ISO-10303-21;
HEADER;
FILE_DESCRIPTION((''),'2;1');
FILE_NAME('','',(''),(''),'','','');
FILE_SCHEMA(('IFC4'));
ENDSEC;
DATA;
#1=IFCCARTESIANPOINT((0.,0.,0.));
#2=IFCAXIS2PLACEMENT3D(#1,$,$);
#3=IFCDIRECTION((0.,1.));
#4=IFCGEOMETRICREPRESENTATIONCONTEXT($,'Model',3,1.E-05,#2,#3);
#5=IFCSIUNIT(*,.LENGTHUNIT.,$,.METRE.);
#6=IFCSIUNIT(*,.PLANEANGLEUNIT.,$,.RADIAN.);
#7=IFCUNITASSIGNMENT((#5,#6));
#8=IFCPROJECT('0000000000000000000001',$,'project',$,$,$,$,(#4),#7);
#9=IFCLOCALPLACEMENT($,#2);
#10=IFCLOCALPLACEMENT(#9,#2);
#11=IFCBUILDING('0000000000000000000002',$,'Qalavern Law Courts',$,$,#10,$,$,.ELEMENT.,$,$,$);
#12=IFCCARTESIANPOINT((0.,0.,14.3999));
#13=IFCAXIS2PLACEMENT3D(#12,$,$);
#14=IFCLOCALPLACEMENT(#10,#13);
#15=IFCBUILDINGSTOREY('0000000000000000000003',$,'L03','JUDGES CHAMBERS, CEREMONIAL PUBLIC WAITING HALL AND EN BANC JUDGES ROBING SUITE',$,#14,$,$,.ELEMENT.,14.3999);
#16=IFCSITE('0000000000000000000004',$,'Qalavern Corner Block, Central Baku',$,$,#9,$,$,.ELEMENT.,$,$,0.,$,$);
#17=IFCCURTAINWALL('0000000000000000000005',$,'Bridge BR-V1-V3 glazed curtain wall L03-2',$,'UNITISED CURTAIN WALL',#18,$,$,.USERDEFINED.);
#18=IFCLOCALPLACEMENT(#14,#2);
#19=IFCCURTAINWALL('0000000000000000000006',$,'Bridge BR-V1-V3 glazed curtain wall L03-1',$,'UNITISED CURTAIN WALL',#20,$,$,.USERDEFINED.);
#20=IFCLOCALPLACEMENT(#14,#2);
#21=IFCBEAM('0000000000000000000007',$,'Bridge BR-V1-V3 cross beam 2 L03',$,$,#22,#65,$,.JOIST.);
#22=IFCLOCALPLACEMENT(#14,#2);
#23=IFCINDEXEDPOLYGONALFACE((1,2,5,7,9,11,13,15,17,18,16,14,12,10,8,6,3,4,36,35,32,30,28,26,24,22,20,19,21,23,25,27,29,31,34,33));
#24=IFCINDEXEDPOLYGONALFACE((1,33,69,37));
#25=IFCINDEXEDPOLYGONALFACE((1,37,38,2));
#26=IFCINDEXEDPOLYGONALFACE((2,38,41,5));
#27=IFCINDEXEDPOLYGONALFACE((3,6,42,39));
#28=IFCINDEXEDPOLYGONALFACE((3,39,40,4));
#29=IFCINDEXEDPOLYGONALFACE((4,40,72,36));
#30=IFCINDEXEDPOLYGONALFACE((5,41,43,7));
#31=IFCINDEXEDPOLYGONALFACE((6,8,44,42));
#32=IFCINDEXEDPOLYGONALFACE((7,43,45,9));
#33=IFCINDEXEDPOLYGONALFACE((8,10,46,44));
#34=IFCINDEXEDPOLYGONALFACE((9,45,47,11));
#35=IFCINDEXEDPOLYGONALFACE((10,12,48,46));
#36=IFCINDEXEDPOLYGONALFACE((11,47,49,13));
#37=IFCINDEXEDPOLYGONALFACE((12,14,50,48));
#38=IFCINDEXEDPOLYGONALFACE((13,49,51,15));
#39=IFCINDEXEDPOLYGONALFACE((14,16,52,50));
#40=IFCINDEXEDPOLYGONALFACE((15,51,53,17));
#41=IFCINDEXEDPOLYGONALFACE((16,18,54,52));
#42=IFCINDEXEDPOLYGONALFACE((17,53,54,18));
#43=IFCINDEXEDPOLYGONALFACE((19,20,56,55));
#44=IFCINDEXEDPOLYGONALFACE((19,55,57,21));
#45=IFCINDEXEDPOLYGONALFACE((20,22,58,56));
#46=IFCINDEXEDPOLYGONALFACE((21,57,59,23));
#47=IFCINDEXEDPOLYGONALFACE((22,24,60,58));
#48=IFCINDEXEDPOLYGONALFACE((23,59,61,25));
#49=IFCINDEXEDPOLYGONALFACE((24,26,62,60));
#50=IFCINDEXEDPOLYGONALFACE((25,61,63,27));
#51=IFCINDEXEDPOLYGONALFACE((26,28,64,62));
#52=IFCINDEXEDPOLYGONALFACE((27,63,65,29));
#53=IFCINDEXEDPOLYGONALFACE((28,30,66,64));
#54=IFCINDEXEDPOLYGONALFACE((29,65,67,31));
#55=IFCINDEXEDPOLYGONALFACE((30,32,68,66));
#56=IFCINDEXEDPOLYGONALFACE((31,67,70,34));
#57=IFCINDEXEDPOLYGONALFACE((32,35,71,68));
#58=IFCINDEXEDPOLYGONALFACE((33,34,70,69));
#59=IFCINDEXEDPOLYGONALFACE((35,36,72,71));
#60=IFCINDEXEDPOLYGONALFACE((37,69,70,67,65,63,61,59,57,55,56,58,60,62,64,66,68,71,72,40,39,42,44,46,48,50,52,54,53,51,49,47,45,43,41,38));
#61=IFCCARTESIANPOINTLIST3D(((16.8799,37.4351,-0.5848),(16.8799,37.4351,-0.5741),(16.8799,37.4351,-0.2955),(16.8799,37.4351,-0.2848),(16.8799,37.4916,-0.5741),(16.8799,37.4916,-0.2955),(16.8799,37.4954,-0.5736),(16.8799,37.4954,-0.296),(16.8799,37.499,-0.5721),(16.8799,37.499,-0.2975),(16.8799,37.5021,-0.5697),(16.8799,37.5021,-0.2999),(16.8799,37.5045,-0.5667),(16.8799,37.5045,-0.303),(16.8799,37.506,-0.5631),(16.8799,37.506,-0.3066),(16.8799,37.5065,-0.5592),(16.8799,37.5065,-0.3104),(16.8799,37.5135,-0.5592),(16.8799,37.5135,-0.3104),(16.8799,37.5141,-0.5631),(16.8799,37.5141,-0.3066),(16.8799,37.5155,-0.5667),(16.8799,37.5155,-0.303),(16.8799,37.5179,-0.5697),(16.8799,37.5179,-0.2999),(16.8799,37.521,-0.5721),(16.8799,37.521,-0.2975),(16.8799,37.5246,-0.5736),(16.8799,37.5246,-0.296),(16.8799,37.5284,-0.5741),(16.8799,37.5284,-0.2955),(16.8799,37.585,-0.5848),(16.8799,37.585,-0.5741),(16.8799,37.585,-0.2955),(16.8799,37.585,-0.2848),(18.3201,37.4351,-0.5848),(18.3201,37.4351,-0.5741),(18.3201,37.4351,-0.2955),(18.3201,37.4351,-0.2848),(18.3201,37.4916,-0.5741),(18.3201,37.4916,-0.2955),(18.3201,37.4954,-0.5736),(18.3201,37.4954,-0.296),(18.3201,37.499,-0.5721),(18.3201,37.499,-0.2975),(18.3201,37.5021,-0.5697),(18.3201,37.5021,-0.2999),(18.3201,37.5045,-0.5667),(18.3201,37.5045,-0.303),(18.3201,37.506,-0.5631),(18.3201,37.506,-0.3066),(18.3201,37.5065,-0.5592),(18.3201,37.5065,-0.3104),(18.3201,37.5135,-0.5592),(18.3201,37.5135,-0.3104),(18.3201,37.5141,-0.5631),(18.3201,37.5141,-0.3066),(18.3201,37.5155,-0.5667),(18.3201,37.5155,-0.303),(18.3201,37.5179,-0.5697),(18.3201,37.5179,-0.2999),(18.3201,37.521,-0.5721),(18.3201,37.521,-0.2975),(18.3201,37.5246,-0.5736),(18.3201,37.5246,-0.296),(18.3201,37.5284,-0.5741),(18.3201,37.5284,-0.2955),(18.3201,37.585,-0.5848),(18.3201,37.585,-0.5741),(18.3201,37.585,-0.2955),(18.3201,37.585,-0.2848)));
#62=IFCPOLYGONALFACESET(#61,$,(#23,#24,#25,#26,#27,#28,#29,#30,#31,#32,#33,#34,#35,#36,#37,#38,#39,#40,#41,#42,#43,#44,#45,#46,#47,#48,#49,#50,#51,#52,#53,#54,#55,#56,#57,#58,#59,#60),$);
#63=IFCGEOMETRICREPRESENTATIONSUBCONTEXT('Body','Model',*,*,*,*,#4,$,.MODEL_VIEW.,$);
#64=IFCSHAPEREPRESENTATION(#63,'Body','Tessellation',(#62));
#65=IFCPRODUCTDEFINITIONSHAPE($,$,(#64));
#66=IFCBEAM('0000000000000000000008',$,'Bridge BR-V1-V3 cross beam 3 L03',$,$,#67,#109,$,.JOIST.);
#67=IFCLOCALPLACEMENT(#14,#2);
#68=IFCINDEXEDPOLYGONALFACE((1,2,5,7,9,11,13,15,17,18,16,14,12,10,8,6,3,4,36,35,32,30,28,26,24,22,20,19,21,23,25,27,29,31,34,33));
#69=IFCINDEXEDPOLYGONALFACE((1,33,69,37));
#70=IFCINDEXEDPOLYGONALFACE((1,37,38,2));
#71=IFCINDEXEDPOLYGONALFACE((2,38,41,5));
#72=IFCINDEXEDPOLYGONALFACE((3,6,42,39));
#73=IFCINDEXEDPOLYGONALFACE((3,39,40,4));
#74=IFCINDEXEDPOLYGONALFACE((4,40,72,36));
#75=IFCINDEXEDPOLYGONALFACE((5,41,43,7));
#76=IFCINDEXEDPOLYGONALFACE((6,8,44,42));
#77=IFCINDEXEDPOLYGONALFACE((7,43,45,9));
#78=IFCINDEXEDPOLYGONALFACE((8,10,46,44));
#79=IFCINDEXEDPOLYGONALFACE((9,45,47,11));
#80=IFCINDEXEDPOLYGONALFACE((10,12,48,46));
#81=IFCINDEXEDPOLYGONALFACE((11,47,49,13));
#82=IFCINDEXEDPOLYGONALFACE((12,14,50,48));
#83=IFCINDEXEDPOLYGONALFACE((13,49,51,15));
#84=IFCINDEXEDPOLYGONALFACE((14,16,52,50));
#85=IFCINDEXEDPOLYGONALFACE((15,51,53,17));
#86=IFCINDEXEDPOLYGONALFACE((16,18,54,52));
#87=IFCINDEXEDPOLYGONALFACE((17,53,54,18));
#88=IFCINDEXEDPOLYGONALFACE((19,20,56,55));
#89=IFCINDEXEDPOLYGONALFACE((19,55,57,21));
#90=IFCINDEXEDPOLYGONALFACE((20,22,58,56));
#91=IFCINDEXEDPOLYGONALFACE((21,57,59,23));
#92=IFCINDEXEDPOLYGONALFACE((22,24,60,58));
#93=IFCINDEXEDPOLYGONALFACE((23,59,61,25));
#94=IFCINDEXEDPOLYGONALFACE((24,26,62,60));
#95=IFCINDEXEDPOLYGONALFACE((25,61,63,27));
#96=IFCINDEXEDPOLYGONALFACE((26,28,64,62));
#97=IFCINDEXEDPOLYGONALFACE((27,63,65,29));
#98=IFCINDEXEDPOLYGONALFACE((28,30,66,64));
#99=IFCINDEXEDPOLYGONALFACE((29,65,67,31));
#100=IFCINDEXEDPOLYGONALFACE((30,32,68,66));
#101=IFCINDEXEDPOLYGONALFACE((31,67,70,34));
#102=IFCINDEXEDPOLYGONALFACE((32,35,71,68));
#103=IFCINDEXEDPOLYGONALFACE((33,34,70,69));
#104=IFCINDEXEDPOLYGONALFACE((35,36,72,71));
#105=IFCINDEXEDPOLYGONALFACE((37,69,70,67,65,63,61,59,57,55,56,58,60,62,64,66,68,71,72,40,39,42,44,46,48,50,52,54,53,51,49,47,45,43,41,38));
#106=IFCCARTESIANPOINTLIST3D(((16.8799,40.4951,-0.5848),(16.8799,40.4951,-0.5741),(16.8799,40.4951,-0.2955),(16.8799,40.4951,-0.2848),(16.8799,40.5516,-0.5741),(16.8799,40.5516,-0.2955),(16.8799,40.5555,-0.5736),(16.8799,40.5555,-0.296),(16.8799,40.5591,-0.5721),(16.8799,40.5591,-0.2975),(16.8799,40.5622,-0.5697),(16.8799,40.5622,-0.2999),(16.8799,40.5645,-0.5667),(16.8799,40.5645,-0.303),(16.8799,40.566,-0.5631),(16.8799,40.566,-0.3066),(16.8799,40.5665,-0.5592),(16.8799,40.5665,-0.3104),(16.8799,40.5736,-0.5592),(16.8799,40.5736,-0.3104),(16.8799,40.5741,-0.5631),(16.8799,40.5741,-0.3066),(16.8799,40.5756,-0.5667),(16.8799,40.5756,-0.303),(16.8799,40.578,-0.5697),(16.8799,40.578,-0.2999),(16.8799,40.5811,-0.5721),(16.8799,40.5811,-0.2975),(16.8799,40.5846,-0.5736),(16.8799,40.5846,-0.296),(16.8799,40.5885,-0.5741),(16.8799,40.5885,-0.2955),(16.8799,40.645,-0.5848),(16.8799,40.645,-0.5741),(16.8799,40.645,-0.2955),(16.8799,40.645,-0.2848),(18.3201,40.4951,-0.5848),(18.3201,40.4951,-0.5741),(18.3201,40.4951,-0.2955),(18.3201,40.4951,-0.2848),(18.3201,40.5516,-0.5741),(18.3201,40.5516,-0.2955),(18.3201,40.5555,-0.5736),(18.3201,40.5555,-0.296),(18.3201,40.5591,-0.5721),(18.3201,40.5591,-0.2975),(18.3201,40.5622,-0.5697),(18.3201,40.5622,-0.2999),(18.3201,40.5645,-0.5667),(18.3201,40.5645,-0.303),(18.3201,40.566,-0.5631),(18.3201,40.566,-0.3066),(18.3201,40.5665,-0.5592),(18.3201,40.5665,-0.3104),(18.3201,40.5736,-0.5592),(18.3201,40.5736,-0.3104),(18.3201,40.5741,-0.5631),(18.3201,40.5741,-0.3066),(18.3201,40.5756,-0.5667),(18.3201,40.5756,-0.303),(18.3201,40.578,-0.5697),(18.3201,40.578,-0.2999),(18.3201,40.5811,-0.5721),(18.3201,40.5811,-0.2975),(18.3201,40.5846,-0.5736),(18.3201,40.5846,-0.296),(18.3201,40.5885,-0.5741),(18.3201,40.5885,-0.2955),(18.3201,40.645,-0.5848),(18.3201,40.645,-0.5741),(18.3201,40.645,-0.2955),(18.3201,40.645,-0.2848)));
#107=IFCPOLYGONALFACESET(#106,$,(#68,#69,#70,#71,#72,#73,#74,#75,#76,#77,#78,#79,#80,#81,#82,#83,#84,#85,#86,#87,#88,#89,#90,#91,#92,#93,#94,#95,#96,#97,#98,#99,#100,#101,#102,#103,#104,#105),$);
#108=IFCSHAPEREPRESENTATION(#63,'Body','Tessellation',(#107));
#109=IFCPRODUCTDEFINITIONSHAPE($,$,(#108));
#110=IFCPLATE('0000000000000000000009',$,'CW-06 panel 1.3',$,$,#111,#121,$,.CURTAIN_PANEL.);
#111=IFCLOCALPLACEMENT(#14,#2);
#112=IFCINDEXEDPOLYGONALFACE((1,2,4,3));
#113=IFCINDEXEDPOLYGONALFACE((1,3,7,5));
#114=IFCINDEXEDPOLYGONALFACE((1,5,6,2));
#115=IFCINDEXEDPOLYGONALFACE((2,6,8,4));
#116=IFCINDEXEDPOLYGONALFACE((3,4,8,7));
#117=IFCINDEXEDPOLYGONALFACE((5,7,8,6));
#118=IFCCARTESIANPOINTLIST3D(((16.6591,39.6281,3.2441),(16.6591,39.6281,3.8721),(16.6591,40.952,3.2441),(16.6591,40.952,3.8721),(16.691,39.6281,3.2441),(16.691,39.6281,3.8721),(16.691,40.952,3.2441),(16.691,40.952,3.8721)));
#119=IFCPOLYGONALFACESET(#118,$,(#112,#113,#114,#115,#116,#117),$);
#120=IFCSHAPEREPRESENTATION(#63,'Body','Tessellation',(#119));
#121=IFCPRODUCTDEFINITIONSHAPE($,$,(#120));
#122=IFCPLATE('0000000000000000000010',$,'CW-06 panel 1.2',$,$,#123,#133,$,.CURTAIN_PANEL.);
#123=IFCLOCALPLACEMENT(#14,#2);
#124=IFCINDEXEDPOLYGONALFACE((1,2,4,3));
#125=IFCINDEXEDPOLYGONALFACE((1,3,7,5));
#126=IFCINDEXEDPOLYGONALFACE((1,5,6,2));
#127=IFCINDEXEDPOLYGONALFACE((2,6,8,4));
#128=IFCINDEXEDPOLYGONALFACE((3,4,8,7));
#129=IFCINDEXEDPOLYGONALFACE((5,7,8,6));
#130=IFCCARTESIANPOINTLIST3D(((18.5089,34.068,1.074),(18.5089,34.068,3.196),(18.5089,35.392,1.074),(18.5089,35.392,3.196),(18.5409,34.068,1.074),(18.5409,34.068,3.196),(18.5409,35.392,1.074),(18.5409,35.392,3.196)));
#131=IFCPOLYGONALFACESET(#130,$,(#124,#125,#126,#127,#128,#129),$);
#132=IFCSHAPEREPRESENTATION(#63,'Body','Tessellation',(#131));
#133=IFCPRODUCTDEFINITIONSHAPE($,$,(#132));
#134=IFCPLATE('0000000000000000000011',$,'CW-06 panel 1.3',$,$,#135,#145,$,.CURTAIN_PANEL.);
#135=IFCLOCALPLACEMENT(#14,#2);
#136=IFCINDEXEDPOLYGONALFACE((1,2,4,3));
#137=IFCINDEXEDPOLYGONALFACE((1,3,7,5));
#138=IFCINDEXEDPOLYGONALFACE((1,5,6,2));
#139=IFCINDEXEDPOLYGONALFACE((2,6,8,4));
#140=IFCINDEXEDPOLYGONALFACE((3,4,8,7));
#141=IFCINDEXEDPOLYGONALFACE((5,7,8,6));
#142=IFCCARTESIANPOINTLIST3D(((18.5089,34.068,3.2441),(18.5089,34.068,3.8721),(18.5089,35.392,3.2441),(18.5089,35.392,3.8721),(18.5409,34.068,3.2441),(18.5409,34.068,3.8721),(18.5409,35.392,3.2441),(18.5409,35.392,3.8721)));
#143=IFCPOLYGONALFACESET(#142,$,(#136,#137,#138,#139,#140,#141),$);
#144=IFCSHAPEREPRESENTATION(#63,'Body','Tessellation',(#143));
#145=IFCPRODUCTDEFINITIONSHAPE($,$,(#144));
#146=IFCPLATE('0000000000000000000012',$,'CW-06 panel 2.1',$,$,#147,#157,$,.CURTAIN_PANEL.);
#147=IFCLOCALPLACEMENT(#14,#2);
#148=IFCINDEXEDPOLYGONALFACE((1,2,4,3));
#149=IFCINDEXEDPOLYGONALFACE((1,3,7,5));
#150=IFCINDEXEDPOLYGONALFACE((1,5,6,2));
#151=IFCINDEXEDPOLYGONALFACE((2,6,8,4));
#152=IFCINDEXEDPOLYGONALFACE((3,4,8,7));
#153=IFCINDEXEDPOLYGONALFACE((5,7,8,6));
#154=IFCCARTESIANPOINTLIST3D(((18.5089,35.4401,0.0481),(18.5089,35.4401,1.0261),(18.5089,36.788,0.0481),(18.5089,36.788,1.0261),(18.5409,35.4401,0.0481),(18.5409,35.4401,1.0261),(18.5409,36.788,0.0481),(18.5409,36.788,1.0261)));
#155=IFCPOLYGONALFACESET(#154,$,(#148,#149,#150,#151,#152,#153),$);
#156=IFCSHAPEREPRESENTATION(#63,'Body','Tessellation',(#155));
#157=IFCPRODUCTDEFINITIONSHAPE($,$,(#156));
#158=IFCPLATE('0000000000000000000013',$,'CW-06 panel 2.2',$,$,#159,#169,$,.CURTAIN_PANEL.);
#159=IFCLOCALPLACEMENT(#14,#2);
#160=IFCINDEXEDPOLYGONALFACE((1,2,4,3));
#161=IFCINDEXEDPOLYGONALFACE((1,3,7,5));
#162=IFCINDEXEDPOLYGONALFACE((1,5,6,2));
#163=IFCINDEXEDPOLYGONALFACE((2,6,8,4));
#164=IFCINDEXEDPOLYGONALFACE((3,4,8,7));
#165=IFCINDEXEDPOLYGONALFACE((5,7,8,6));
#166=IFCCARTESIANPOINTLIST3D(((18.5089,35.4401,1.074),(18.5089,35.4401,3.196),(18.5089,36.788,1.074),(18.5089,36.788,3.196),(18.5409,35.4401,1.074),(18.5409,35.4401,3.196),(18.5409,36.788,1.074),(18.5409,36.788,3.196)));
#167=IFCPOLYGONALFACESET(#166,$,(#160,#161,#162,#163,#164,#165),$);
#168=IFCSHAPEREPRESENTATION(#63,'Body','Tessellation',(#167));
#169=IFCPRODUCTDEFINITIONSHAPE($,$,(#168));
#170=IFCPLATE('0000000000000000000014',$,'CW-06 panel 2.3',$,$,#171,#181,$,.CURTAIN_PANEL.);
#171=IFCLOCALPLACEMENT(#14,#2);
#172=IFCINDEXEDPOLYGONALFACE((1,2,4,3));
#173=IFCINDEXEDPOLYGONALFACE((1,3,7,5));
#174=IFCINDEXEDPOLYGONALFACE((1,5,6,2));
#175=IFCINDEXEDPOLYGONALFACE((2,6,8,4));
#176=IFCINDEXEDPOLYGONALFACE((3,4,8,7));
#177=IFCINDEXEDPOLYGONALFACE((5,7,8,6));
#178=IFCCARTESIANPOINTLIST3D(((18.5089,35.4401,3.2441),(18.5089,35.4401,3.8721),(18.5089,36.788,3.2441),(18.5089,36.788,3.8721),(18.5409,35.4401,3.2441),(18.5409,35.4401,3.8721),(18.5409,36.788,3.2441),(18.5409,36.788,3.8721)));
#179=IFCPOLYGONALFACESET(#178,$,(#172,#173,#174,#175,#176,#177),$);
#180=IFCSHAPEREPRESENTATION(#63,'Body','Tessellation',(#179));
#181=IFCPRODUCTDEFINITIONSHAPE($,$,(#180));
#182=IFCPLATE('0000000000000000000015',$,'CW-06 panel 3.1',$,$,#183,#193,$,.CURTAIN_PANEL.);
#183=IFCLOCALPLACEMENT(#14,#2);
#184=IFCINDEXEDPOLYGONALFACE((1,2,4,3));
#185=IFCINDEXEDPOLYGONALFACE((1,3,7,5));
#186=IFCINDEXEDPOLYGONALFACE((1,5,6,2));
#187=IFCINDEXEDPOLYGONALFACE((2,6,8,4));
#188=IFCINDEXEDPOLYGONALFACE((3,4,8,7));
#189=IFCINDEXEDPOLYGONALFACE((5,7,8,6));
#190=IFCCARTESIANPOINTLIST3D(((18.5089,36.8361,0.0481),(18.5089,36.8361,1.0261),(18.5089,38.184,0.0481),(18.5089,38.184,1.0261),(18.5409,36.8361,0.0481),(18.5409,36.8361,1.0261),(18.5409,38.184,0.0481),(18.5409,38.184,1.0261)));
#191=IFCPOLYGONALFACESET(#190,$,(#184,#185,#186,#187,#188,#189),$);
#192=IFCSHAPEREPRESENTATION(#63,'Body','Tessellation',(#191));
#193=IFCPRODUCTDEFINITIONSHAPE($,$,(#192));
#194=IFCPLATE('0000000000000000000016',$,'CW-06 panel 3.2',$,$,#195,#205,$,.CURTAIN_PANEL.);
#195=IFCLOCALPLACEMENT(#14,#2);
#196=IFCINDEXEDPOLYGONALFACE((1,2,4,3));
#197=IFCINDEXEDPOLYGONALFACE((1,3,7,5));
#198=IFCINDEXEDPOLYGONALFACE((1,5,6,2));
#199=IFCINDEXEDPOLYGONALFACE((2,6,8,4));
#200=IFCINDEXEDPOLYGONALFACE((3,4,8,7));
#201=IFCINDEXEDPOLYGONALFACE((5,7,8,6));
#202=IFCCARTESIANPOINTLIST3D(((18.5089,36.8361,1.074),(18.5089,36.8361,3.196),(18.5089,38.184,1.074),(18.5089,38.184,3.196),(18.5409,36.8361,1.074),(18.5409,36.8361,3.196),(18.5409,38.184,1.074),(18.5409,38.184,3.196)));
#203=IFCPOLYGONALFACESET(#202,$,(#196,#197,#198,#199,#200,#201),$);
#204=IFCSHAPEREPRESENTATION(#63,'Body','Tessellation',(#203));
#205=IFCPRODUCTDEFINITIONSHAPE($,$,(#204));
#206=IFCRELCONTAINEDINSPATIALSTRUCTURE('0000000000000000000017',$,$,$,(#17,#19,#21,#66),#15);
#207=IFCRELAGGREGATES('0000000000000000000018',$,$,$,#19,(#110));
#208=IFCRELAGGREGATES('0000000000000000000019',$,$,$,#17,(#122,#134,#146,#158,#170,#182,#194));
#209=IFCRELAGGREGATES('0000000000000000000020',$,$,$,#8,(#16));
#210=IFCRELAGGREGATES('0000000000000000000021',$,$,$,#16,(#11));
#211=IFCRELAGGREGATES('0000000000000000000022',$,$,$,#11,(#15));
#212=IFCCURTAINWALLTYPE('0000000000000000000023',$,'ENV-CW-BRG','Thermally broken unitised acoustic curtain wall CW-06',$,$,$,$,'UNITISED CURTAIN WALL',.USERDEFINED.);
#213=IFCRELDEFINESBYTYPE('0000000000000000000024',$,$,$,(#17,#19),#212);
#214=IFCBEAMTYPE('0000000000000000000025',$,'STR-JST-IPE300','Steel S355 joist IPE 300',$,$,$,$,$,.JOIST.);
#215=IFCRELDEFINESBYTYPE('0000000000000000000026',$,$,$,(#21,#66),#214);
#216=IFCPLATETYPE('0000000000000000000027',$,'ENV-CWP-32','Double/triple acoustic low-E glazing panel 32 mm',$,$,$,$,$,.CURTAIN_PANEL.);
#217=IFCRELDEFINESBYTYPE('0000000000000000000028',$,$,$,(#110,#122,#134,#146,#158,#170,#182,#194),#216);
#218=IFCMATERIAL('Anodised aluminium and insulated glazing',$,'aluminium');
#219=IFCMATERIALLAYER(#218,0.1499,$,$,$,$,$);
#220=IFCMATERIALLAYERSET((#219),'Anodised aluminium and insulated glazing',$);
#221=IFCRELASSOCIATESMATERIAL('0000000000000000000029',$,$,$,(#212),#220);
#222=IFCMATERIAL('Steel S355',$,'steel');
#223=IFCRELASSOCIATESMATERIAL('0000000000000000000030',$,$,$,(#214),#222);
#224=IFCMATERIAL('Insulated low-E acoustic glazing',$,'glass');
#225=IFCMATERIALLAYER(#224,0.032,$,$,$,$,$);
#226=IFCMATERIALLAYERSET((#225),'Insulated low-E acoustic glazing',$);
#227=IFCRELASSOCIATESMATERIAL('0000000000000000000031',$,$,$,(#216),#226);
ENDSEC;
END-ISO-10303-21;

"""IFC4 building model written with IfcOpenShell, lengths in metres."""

from ifc_helpers import new_model, si_unit, direction, frame, origin, origin_2d, place, context, subcontext, project, spatial, rectangle, i_section, extrude, material, layer, layer_set, material_profile, profile_set, type_object, element, aggregate, save


model = new_model("IFC4")

# Units and contexts
model_context = context("Model", 3, precision=1e-05, world=origin(), true_north=direction((0.0, 1.0)))
body_context = subcontext(model_context, "Body", "Model", "MODEL_VIEW")
ifc_project = project(units=[si_unit("LENGTHUNIT", "METRE"), si_unit("PLANEANGLEUNIT", "RADIAN")], contexts=[model_context])

# Site, building, storey
site_placement = place(None, origin())
site = spatial("IfcSite", under=ifc_project, at=site_placement, Name="Qalavern Corner Block, Central Baku", CompositionType="ELEMENT", RefElevation=0.0)
building_placement = place(site_placement, origin())
building = spatial("IfcBuilding", under=site, at=building_placement, Name="Qalavern Law Courts", CompositionType="ELEMENT")
storey_placement = place(building_placement, frame((0.0, 0.0, 14.3999)))
storey = spatial("IfcBuildingStorey", under=building, at=storey_placement, Name="L03", Description="JUDGES CHAMBERS, CEREMONIAL PUBLIC WAITING HALL AND EN BANC JUDGES ROBING SUITE", CompositionType="ELEMENT", Elevation=14.3999)

# Curtain wall
ifc_material_1 = material(Name="Anodised aluminium and insulated glazing", Category="aluminium")
ifc_layer_1 = layer(ifc_material_1, 0.1499)
ifc_layer_set_1 = layer_set([ifc_layer_1], Name="Anodised aluminium and insulated glazing")
curtain_wall_type = type_object("IfcCurtainWallType", Name="ENV-CW-BRG", Description="Thermally broken unitised acoustic curtain wall CW-06", ElementType="UNITISED CURTAIN WALL", PredefinedType="USERDEFINED", material=ifc_layer_set_1)
curtain_wall_1_placement = place(storey_placement, origin())
curtain_wall_1 = element("IfcCurtainWall", 1, at=curtain_wall_1_placement, inside=storey, type_object=curtain_wall_type, Name="Bridge BR-V1-V3 glazed curtain wall L03-2", ObjectType="UNITISED CURTAIN WALL", PredefinedType="USERDEFINED")

# Curtain wall
curtain_wall_2_placement = place(storey_placement, origin())
curtain_wall_2 = element("IfcCurtainWall", 2, at=curtain_wall_2_placement, inside=storey, type_object=curtain_wall_type, Name="Bridge BR-V1-V3 glazed curtain wall L03-1", ObjectType="UNITISED CURTAIN WALL", PredefinedType="USERDEFINED")

# Beams
ifc_material_2 = material(Name="Steel S355", Category="steel")
ifc_material_profile_1 = material_profile(ifc_material_2, i_section(OverallWidth=0.1499, OverallDepth=0.3, WebThickness=0.0071, FlangeThickness=0.0107, FilletRadius=0.0149, at=origin_2d()), Name="IPE 300")
ifc_profile_set_1 = profile_set([ifc_material_profile_1], Name="Steel S355")
beam_type = type_object("IfcBeamType", Name="STR-JST-IPE300", Description="Steel S355 joist IPE 300", PredefinedType="JOIST", material=ifc_profile_set_1)
for number, where, z_axis, x_axis, name in (
    (3, (16.8799, 37.51, -0.4348), (1.0, 0.0, 0.0), (0.0, 1.0, 0.0), "Bridge BR-V1-V3 cross beam 2 L03"),
    (4, (16.8799, 40.5701, -0.4348), (1.0, 0.0, 0.0), (0.0, 1.0, 0.0), "Bridge BR-V1-V3 cross beam 3 L03"),
):
    element("IfcBeam", number, at=place(storey_placement, frame(where, z_axis=z_axis, x_axis=x_axis)), inside=storey, type_object=beam_type, Name=name, PredefinedType="JOIST", context=body_context, shape_type="SweptSolid", body=[
        extrude(i_section(OverallWidth=0.1499, OverallDepth=0.3, WebThickness=0.0071, FlangeThickness=0.0107, FilletRadius=0.0149, at=origin_2d()), origin(), (0.0, 0.0, 1.0), 1.4402),
    ])

# Plates
ifc_material_3 = material(Name="Insulated low-E acoustic glazing", Category="glass")
ifc_layer_2 = layer(ifc_material_3, 0.032)
ifc_layer_set_2 = layer_set([ifc_layer_2], Name="Insulated low-E acoustic glazing")
plate_type = type_object("IfcPlateType", Name="ENV-CWP-32", Description="Double/triple acoustic low-E glazing panel 32 mm", PredefinedType="CURTAIN_PANEL", material=ifc_layer_set_2)
plate_1_placement = place(storey_placement, frame((16.675, 40.29, 3.2441), z_axis=(0.0, 0.0, 1.0), x_axis=(0.0, -1.0, 0.0)))
plate_1 = element("IfcPlate", 5, at=plate_1_placement, type_object=plate_type, Name="CW-06 panel 1.3", PredefinedType="CURTAIN_PANEL", context=body_context, shape_type="SweptSolid", body=[
    extrude(rectangle(XDim=1.324, YDim=0.032, at=origin_2d()), origin(), (0.0, 0.0, 1.0), 0.6279),
])
aggregate(curtain_wall_2, [plate_1])
plate_2_placement = place(storey_placement, frame((18.5249, 34.73, 1.074), z_axis=(0.0, 0.0, 1.0), x_axis=(0.0, 1.0, 0.0)))
plate_2 = element("IfcPlate", 6, at=plate_2_placement, type_object=plate_type, Name="CW-06 panel 1.2", PredefinedType="CURTAIN_PANEL", context=body_context, shape_type="SweptSolid", body=[
    extrude(rectangle(XDim=1.324, YDim=0.032, at=origin_2d()), origin(), (0.0, 0.0, 1.0), 2.1221),
])
plate_3_placement = place(storey_placement, frame((18.5249, 34.73, 3.2441), z_axis=(0.0, 0.0, 1.0), x_axis=(0.0, 1.0, 0.0)))
plate_3 = element("IfcPlate", 7, at=plate_3_placement, type_object=plate_type, Name="CW-06 panel 1.3", PredefinedType="CURTAIN_PANEL", context=body_context, shape_type="SweptSolid", body=[
    extrude(rectangle(XDim=1.324, YDim=0.032, at=origin_2d()), origin(), (0.0, 0.0, 1.0), 0.6279),
])
plate_4_placement = place(storey_placement, frame((18.5249, 36.114, 0.0481), z_axis=(0.0, 0.0, 1.0), x_axis=(0.0, 1.0, 0.0)))
plate_4 = element("IfcPlate", 8, at=plate_4_placement, type_object=plate_type, Name="CW-06 panel 2.1", PredefinedType="CURTAIN_PANEL", context=body_context, shape_type="SweptSolid", body=[
    extrude(rectangle(XDim=1.3479, YDim=0.032, at=origin_2d()), origin(), (0.0, 0.0, 1.0), 0.978),
])
plate_5_placement = place(storey_placement, frame((18.5249, 36.114, 1.074), z_axis=(0.0, 0.0, 1.0), x_axis=(0.0, 1.0, 0.0)))
plate_5 = element("IfcPlate", 9, at=plate_5_placement, type_object=plate_type, Name="CW-06 panel 2.2", PredefinedType="CURTAIN_PANEL", context=body_context, shape_type="SweptSolid", body=[
    extrude(rectangle(XDim=1.3479, YDim=0.032, at=origin_2d()), origin(), (0.0, 0.0, 1.0), 2.1221),
])
plate_6_placement = place(storey_placement, frame((18.5249, 36.114, 3.2441), z_axis=(0.0, 0.0, 1.0), x_axis=(0.0, 1.0, 0.0)))
plate_6 = element("IfcPlate", 10, at=plate_6_placement, type_object=plate_type, Name="CW-06 panel 2.3", PredefinedType="CURTAIN_PANEL", context=body_context, shape_type="SweptSolid", body=[
    extrude(rectangle(XDim=1.3479, YDim=0.032, at=origin_2d()), origin(), (0.0, 0.0, 1.0), 0.6279),
])
plate_7_placement = place(storey_placement, frame((18.5249, 37.51, 0.0481), z_axis=(0.0, 0.0, 1.0), x_axis=(0.0, 1.0, 0.0)))
plate_7 = element("IfcPlate", 11, at=plate_7_placement, type_object=plate_type, Name="CW-06 panel 3.1", PredefinedType="CURTAIN_PANEL", context=body_context, shape_type="SweptSolid", body=[
    extrude(rectangle(XDim=1.3479, YDim=0.032, at=origin_2d()), origin(), (0.0, 0.0, 1.0), 0.978),
])
plate_8_placement = place(storey_placement, frame((18.5249, 37.51, 1.074), z_axis=(0.0, 0.0, 1.0), x_axis=(0.0, 1.0, 0.0)))
plate_8 = element("IfcPlate", 12, at=plate_8_placement, type_object=plate_type, Name="CW-06 panel 3.2", PredefinedType="CURTAIN_PANEL", context=body_context, shape_type="SweptSolid", body=[
    extrude(rectangle(XDim=1.3479, YDim=0.032, at=origin_2d()), origin(), (0.0, 0.0, 1.0), 2.1221),
])
aggregate(curtain_wall_1, [plate_2, plate_3, plate_4, plate_5, plate_6, plate_7, plate_8])

save(model, "model.ifc")
